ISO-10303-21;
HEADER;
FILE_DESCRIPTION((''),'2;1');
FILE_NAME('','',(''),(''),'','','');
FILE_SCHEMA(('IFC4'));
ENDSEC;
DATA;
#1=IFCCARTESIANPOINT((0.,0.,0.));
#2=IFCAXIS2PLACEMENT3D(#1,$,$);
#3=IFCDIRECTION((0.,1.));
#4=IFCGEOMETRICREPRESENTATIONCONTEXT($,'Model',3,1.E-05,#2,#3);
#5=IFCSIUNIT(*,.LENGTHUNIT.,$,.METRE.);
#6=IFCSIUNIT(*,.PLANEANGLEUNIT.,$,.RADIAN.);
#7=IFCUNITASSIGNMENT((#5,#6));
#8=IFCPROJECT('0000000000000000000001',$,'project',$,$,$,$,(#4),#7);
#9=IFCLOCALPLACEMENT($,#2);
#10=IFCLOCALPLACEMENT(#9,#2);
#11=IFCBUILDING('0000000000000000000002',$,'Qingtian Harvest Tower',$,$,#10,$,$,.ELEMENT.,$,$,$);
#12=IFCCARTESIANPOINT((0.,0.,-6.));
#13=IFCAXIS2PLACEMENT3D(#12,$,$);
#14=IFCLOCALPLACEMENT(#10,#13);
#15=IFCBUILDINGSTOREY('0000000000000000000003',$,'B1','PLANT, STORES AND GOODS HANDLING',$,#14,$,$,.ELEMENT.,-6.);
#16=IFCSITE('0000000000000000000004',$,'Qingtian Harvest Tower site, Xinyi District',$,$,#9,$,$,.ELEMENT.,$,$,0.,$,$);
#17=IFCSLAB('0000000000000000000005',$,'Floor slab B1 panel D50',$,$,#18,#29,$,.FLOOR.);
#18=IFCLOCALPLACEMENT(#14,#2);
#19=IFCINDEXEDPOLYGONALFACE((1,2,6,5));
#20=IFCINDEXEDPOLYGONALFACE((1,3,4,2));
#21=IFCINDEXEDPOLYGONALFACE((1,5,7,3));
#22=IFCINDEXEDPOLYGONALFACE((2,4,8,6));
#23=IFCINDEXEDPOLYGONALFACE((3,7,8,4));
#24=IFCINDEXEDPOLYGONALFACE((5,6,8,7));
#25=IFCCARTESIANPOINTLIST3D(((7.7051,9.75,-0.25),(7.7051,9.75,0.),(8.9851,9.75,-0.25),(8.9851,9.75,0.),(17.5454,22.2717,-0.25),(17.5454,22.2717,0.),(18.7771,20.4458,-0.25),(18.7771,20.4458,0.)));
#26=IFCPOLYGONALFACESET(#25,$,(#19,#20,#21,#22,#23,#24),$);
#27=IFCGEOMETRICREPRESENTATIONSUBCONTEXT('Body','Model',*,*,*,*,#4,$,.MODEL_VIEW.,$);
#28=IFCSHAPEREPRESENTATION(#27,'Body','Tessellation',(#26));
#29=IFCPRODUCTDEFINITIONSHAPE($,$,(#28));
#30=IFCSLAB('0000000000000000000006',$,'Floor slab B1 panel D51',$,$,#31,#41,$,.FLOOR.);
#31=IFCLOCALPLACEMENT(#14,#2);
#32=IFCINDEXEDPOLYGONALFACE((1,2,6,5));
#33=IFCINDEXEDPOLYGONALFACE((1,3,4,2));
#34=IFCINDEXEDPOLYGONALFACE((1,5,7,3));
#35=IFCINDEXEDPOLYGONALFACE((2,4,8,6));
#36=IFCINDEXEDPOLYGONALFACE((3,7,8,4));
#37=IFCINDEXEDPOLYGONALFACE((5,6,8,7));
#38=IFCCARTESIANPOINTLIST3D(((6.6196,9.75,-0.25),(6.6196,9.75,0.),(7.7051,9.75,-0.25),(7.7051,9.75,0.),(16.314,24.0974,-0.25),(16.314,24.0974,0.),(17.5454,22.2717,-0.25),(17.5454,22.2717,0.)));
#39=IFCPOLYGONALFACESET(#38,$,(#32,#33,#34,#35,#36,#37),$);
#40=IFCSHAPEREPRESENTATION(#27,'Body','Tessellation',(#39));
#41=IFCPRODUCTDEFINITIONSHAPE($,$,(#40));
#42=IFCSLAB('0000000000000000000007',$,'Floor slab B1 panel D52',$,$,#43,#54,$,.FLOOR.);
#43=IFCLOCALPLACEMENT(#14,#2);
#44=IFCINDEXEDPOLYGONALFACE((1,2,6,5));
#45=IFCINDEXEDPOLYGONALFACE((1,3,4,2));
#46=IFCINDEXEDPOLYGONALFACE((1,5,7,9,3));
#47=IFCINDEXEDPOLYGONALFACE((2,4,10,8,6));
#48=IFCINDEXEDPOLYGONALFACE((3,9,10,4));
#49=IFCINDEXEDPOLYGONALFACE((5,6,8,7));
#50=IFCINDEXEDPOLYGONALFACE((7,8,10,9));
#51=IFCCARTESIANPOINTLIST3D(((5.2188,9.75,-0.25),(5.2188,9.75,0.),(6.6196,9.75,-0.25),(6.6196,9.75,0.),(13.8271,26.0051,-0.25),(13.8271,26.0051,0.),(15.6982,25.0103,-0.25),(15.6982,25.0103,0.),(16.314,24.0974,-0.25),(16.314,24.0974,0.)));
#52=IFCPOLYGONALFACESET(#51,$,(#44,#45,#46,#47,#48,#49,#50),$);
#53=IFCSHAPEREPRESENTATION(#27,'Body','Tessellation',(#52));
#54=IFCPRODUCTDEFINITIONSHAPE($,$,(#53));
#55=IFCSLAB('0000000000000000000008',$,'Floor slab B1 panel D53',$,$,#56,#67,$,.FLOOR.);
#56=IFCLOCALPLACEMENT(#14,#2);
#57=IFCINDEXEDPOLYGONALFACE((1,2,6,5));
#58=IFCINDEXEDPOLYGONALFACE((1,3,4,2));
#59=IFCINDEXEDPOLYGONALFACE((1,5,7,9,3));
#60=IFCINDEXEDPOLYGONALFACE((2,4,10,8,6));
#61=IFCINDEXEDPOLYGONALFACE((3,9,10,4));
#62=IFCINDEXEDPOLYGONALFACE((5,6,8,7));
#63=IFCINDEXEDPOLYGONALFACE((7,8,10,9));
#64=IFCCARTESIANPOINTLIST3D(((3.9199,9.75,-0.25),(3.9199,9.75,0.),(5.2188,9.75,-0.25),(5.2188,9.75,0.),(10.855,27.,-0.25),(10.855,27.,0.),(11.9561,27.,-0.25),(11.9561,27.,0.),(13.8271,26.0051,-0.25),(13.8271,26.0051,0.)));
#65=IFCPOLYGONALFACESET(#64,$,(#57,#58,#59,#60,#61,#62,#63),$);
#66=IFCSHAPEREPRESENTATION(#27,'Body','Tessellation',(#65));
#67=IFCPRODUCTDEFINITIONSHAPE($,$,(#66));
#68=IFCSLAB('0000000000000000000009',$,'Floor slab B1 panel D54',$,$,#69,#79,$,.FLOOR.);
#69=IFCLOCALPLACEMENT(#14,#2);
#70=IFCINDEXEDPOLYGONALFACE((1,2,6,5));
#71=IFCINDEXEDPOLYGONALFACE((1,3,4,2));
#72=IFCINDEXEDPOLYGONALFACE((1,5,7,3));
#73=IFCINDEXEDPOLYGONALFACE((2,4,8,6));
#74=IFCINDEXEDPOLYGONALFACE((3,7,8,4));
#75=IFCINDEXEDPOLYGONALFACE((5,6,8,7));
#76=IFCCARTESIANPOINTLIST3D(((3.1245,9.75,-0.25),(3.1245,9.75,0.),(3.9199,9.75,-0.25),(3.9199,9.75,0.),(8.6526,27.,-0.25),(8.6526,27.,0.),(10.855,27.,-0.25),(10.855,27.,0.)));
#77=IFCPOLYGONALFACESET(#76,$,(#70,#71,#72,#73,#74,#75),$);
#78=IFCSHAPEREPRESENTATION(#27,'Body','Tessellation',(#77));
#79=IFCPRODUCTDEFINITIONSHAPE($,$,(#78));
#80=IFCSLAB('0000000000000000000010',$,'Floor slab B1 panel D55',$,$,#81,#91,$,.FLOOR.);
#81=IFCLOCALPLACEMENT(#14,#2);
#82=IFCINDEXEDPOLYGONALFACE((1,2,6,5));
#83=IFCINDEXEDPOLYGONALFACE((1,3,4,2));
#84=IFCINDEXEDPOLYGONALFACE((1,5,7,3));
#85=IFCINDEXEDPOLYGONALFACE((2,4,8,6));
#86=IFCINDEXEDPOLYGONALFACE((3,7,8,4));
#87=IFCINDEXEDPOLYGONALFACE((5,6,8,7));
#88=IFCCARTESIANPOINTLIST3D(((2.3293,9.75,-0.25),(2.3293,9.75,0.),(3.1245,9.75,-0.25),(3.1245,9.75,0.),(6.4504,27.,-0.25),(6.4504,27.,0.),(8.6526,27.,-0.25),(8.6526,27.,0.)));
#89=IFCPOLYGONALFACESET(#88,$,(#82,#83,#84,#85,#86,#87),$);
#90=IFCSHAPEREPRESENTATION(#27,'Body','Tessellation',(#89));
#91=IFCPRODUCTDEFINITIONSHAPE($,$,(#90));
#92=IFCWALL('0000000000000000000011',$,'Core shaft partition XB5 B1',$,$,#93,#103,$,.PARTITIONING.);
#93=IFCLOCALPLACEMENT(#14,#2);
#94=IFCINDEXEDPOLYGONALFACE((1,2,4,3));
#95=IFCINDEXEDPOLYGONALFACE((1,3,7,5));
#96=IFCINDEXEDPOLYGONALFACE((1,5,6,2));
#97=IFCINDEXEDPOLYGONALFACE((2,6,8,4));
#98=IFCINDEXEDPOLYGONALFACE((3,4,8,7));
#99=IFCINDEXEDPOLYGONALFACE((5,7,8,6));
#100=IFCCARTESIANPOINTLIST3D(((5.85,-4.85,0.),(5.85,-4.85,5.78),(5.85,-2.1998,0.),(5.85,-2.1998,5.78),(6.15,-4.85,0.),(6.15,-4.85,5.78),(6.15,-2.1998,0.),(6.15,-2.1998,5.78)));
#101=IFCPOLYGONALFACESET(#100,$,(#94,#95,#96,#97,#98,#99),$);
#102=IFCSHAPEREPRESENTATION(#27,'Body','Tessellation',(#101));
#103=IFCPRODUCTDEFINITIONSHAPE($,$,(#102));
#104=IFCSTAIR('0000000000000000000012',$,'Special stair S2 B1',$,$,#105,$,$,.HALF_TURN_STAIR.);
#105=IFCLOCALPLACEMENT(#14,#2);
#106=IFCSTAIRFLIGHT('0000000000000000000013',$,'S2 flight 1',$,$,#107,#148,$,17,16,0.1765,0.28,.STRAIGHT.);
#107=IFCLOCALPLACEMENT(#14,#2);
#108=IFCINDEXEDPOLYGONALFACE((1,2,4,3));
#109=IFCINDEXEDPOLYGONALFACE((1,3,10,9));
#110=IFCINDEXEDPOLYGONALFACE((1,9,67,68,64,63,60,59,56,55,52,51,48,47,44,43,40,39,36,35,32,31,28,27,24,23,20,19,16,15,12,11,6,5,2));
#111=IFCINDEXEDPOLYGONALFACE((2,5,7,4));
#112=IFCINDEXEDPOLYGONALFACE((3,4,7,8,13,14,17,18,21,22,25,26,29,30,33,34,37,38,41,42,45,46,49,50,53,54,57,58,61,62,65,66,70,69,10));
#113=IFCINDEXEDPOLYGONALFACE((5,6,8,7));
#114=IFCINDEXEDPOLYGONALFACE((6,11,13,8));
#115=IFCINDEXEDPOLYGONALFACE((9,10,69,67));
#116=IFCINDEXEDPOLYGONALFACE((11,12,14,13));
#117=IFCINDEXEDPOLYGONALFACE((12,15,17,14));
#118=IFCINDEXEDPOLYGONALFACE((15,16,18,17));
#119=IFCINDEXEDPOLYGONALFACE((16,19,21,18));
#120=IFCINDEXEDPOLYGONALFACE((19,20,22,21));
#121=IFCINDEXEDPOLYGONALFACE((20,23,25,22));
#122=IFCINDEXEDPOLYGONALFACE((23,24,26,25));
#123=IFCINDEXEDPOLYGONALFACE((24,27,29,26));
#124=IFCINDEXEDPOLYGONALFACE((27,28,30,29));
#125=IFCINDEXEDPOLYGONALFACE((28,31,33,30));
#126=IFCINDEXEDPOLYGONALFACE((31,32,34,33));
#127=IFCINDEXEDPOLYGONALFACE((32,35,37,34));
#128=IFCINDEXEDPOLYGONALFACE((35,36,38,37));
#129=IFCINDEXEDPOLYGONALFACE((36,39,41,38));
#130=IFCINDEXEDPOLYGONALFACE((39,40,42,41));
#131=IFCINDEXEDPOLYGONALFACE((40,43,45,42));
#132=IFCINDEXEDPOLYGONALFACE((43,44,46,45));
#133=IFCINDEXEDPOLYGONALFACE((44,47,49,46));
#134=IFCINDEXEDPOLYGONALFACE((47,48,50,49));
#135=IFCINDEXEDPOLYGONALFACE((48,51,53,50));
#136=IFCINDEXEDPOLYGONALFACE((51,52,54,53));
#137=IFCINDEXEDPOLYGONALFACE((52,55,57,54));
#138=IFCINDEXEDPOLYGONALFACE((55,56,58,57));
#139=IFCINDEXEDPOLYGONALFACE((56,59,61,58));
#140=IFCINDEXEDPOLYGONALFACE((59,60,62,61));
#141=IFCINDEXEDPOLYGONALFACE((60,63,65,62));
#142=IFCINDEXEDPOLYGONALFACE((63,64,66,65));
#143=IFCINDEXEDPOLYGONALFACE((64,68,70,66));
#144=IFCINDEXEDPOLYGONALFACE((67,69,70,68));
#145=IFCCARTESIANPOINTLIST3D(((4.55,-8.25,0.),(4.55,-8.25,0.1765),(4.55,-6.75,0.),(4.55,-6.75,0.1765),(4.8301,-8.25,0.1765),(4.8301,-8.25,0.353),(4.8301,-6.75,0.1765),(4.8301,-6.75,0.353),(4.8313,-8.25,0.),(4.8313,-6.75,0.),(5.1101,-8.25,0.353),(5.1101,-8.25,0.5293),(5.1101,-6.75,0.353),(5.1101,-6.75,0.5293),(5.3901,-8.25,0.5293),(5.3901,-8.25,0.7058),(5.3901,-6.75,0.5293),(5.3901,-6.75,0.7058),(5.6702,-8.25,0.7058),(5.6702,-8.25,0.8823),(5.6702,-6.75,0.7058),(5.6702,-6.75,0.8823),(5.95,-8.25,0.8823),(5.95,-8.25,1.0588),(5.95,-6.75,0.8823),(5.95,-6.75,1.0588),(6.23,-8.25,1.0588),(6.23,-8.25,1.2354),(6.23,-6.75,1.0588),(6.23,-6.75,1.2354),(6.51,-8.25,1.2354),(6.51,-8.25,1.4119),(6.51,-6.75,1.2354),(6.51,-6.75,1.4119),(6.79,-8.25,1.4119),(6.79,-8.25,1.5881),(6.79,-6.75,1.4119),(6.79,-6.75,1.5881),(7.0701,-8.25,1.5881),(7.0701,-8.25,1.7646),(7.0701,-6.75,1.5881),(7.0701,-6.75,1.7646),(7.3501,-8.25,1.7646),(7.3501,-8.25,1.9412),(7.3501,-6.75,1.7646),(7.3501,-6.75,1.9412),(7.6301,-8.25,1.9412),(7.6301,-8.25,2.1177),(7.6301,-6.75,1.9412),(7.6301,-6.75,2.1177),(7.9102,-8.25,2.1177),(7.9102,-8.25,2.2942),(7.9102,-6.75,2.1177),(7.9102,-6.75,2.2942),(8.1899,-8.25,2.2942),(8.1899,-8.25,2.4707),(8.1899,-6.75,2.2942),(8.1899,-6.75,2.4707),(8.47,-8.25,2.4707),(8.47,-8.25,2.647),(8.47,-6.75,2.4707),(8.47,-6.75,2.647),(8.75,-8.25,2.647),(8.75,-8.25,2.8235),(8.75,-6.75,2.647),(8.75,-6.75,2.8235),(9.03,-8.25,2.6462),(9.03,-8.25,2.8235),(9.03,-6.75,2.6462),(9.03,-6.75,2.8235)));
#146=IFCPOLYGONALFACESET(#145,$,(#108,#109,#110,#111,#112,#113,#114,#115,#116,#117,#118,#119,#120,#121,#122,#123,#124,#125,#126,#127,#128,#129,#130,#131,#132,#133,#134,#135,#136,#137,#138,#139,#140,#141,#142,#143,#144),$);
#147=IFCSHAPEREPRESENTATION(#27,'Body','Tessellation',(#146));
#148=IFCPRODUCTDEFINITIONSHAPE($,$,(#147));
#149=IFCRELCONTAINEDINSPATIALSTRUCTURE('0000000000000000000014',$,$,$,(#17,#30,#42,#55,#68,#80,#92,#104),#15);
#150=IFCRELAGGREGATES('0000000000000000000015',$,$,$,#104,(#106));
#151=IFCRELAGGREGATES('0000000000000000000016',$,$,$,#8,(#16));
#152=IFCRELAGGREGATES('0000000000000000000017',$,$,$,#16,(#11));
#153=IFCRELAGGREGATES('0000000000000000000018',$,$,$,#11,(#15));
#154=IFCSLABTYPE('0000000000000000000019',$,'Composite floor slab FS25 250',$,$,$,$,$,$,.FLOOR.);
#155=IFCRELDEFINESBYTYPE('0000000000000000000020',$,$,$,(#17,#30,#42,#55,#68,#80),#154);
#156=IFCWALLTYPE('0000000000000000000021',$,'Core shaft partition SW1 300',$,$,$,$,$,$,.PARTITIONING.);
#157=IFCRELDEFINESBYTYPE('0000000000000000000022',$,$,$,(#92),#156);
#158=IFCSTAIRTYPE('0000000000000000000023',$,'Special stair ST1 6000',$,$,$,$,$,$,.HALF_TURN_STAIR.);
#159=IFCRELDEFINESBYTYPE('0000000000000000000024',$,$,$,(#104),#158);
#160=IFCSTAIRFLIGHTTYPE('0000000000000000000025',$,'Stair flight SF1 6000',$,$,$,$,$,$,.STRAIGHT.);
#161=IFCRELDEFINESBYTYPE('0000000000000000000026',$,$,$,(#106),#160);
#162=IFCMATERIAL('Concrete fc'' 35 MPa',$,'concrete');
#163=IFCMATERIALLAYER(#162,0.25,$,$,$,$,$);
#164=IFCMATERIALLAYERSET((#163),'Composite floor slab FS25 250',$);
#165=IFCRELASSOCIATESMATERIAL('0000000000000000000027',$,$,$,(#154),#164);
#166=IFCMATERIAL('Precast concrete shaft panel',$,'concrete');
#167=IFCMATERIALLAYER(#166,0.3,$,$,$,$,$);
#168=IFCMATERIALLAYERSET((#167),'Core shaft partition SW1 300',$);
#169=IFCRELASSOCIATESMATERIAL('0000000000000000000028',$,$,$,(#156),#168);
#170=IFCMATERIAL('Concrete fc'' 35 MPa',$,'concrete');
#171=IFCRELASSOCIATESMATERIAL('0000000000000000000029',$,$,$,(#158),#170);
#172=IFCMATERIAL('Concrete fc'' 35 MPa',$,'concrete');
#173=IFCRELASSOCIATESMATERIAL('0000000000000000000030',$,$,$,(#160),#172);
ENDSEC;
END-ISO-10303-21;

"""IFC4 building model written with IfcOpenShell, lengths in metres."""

from ifc_helpers import new_model, si_unit, direction, frame, frame_2d, origin, place, context, subcontext, project, spatial, polyline, rectangle, outline, extrude, material, layer, layer_set, type_object, element, aggregate, save


model = new_model("IFC4")

# Units and contexts
model_context = context("Model", 3, precision=1e-05, world=origin(), true_north=direction((0.0, 1.0)))
body_context = subcontext(model_context, "Body", "Model", "MODEL_VIEW")
ifc_project = project(units=[si_unit("LENGTHUNIT", "METRE"), si_unit("PLANEANGLEUNIT", "RADIAN")], contexts=[model_context])

# Site, building, storey
site_placement = place(None, origin())
site = spatial("IfcSite", under=ifc_project, at=site_placement, Name="Qingtian Harvest Tower site, Xinyi District", CompositionType="ELEMENT", RefElevation=0.0)
building_placement = place(site_placement, origin())
building = spatial("IfcBuilding", under=site, at=building_placement, Name="Qingtian Harvest Tower", CompositionType="ELEMENT")
storey_placement = place(building_placement, frame((0.0, 0.0, -6.0)))
storey = spatial("IfcBuildingStorey", under=building, at=storey_placement, Name="B1", Description="PLANT, STORES AND GOODS HANDLING", CompositionType="ELEMENT", Elevation=-6.0)

# Slabs
ifc_material_1 = material(Name="Concrete fc' 35 MPa", Category="concrete")
ifc_layer_1 = layer(ifc_material_1, 0.25)
ifc_layer_set_1 = layer_set([ifc_layer_1], Name="Composite floor slab FS25 250")
slab_type = type_object("IfcSlabType", Name="Composite floor slab FS25 250", PredefinedType="FLOOR", material=ifc_layer_set_1)
slab_1_placement = place(storey_placement, frame((0.0, 0.0, -0.25)))
element("IfcSlab", 1, at=slab_1_placement, inside=storey, type_object=slab_type, Name="Floor slab B1 panel D50", PredefinedType="FLOOR", context=body_context, shape_type="SweptSolid", body=[
    extrude(outline(polyline([(7.7051, 9.75), (17.5454, 22.2717), (18.7771, 20.4458), (8.9851, 9.75), (7.7051, 9.75)])), origin(), (0.0, 0.0, 1.0), 0.25),
])
slab_2_placement = place(storey_placement, frame((0.0, 0.0, -0.25)))
element("IfcSlab", 2, at=slab_2_placement, inside=storey, type_object=slab_type, Name="Floor slab B1 panel D51", PredefinedType="FLOOR", context=body_context, shape_type="SweptSolid", body=[
    extrude(outline(polyline([(6.6196, 9.75), (16.314, 24.0974), (17.5454, 22.2717), (7.7051, 9.75), (6.6196, 9.75)])), origin(), (0.0, 0.0, 1.0), 0.25),
])
slab_3_placement = place(storey_placement, frame((0.0, 0.0, -0.25)))
element("IfcSlab", 3, at=slab_3_placement, inside=storey, type_object=slab_type, Name="Floor slab B1 panel D52", PredefinedType="FLOOR", context=body_context, shape_type="SweptSolid", body=[
    extrude(outline(polyline([(6.6196, 9.75), (5.2188, 9.75), (13.8271, 26.0051), (15.6982, 25.0103), (16.314, 24.0974), (6.6196, 9.75)])), origin(), (0.0, 0.0, 1.0), 0.25),
])
slab_4_placement = place(storey_placement, frame((0.0, 0.0, -0.25)))
element("IfcSlab", 4, at=slab_4_placement, inside=storey, type_object=slab_type, Name="Floor slab B1 panel D53", PredefinedType="FLOOR", context=body_context, shape_type="SweptSolid", body=[
    extrude(outline(polyline([(3.9199, 9.75), (10.855, 27.0), (11.9561, 27.0), (13.8271, 26.0051), (5.2188, 9.75), (3.9199, 9.75)])), origin(), (0.0, 0.0, 1.0), 0.25),
])
slab_5_placement = place(storey_placement, frame((0.0, 0.0, -0.25)))
element("IfcSlab", 5, at=slab_5_placement, inside=storey, type_object=slab_type, Name="Floor slab B1 panel D54", PredefinedType="FLOOR", context=body_context, shape_type="SweptSolid", body=[
    extrude(outline(polyline([(3.1245, 9.75), (8.6526, 27.0), (10.855, 27.0), (3.9199, 9.75), (3.1245, 9.75)])), origin(), (0.0, 0.0, 1.0), 0.25),
])
slab_6_placement = place(storey_placement, frame((0.0, 0.0, -0.25)))
element("IfcSlab", 6, at=slab_6_placement, inside=storey, type_object=slab_type, Name="Floor slab B1 panel D55", PredefinedType="FLOOR", context=body_context, shape_type="SweptSolid", body=[
    extrude(outline(polyline([(2.3293, 9.75), (6.4504, 27.0), (8.6526, 27.0), (3.1245, 9.75), (2.3293, 9.75)])), origin(), (0.0, 0.0, 1.0), 0.25),
])

# Wall
ifc_material_2 = material(Name="Precast concrete shaft panel", Category="concrete")
ifc_layer_2 = layer(ifc_material_2, 0.3)
ifc_layer_set_2 = layer_set([ifc_layer_2], Name="Core shaft partition SW1 300")
wall_type = type_object("IfcWallType", Name="Core shaft partition SW1 300", PredefinedType="PARTITIONING", material=ifc_layer_set_2)
wall_placement = place(storey_placement, frame((6.0, -4.8501, 0.0), z_axis=(0.0, 0.0, 1.0), x_axis=(0.0, 1.0, 0.0)))
element("IfcWall", 7, at=wall_placement, inside=storey, type_object=wall_type, Name="Core shaft partition XB5 B1", PredefinedType="PARTITIONING", context=body_context, shape_type="SweptSolid", body=[
    extrude(rectangle(XDim=2.6501, YDim=0.3, at=frame_2d((1.3252, 0.0))), origin(), (0.0, 0.0, 1.0), 5.78),
])

# Stair, stair flight
ifc_material_3 = material(Name="Concrete fc' 35 MPa", Category="concrete")
stair_type = type_object("IfcStairType", Name="Special stair ST1 6000", PredefinedType="HALF_TURN_STAIR", material=ifc_material_3)
stair_placement = place(storey_placement, origin())
stair = element("IfcStair", 8, at=stair_placement, inside=storey, type_object=stair_type, Name="Special stair S2 B1", PredefinedType="HALF_TURN_STAIR")
ifc_material_4 = material(Name="Concrete fc' 35 MPa", Category="concrete")
stair_flight_type = type_object("IfcStairFlightType", Name="Stair flight SF1 6000", PredefinedType="STRAIGHT", material=ifc_material_4)
stair_flight_1_placement = place(storey_placement, frame((4.55, -7.5, 0.0), z_axis=(0.0, 0.0, 1.0), x_axis=(1.0, 0.0, 0.0)))
stair_flight_1 = element("IfcStairFlight", 9, at=stair_flight_1_placement, type_object=stair_flight_type, Name="S2 flight 1", NumberOfRisers=17, NumberOfTreads=16, PredefinedType="STRAIGHT", RiserHeight=0.1765, TreadLength=0.28, context=body_context, shape_type="SweptSolid", body=[
    extrude(outline(polyline([(0.0, 0.0), (0.0, 0.1765), (0.28, 0.1765), (0.28, 0.353), (0.5601, 0.353), (0.5601, 0.5293), (0.8401, 0.5293), (0.8401, 0.7058), (1.1201, 0.7058), (1.1201, 0.8823), (1.3999, 0.8823), (1.3999, 1.0588), (1.6799, 1.0588), (1.6799, 1.2354), (1.96, 1.2354), (1.96, 1.4119), (2.24, 1.4119), (2.24, 1.5881), (2.52, 1.5881), (2.52, 1.7646), (2.8, 1.7646), (2.8, 1.9412), (3.0801, 1.9412), (3.0801, 2.1177), (3.3601, 2.1177), (3.3601, 2.2942), (3.6399, 2.2942), (3.6399, 2.4707), (3.9199, 2.4707), (3.9199, 2.647), (4.2, 2.647), (4.2, 2.8235), (4.48, 2.8235), (4.48, 3.0), (4.48, 2.6462), (0.2812, 0.0), (0.0, 0.0)])), frame((0.0, 0.75, 0.0), z_axis=(0.0, -1.0, 0.0), x_axis=(1.0, 0.0, 0.0)), (0.0, 0.0, 1.0), 1.5),
])
aggregate(stair, [stair_flight_1])

save(model, "model.ifc")
